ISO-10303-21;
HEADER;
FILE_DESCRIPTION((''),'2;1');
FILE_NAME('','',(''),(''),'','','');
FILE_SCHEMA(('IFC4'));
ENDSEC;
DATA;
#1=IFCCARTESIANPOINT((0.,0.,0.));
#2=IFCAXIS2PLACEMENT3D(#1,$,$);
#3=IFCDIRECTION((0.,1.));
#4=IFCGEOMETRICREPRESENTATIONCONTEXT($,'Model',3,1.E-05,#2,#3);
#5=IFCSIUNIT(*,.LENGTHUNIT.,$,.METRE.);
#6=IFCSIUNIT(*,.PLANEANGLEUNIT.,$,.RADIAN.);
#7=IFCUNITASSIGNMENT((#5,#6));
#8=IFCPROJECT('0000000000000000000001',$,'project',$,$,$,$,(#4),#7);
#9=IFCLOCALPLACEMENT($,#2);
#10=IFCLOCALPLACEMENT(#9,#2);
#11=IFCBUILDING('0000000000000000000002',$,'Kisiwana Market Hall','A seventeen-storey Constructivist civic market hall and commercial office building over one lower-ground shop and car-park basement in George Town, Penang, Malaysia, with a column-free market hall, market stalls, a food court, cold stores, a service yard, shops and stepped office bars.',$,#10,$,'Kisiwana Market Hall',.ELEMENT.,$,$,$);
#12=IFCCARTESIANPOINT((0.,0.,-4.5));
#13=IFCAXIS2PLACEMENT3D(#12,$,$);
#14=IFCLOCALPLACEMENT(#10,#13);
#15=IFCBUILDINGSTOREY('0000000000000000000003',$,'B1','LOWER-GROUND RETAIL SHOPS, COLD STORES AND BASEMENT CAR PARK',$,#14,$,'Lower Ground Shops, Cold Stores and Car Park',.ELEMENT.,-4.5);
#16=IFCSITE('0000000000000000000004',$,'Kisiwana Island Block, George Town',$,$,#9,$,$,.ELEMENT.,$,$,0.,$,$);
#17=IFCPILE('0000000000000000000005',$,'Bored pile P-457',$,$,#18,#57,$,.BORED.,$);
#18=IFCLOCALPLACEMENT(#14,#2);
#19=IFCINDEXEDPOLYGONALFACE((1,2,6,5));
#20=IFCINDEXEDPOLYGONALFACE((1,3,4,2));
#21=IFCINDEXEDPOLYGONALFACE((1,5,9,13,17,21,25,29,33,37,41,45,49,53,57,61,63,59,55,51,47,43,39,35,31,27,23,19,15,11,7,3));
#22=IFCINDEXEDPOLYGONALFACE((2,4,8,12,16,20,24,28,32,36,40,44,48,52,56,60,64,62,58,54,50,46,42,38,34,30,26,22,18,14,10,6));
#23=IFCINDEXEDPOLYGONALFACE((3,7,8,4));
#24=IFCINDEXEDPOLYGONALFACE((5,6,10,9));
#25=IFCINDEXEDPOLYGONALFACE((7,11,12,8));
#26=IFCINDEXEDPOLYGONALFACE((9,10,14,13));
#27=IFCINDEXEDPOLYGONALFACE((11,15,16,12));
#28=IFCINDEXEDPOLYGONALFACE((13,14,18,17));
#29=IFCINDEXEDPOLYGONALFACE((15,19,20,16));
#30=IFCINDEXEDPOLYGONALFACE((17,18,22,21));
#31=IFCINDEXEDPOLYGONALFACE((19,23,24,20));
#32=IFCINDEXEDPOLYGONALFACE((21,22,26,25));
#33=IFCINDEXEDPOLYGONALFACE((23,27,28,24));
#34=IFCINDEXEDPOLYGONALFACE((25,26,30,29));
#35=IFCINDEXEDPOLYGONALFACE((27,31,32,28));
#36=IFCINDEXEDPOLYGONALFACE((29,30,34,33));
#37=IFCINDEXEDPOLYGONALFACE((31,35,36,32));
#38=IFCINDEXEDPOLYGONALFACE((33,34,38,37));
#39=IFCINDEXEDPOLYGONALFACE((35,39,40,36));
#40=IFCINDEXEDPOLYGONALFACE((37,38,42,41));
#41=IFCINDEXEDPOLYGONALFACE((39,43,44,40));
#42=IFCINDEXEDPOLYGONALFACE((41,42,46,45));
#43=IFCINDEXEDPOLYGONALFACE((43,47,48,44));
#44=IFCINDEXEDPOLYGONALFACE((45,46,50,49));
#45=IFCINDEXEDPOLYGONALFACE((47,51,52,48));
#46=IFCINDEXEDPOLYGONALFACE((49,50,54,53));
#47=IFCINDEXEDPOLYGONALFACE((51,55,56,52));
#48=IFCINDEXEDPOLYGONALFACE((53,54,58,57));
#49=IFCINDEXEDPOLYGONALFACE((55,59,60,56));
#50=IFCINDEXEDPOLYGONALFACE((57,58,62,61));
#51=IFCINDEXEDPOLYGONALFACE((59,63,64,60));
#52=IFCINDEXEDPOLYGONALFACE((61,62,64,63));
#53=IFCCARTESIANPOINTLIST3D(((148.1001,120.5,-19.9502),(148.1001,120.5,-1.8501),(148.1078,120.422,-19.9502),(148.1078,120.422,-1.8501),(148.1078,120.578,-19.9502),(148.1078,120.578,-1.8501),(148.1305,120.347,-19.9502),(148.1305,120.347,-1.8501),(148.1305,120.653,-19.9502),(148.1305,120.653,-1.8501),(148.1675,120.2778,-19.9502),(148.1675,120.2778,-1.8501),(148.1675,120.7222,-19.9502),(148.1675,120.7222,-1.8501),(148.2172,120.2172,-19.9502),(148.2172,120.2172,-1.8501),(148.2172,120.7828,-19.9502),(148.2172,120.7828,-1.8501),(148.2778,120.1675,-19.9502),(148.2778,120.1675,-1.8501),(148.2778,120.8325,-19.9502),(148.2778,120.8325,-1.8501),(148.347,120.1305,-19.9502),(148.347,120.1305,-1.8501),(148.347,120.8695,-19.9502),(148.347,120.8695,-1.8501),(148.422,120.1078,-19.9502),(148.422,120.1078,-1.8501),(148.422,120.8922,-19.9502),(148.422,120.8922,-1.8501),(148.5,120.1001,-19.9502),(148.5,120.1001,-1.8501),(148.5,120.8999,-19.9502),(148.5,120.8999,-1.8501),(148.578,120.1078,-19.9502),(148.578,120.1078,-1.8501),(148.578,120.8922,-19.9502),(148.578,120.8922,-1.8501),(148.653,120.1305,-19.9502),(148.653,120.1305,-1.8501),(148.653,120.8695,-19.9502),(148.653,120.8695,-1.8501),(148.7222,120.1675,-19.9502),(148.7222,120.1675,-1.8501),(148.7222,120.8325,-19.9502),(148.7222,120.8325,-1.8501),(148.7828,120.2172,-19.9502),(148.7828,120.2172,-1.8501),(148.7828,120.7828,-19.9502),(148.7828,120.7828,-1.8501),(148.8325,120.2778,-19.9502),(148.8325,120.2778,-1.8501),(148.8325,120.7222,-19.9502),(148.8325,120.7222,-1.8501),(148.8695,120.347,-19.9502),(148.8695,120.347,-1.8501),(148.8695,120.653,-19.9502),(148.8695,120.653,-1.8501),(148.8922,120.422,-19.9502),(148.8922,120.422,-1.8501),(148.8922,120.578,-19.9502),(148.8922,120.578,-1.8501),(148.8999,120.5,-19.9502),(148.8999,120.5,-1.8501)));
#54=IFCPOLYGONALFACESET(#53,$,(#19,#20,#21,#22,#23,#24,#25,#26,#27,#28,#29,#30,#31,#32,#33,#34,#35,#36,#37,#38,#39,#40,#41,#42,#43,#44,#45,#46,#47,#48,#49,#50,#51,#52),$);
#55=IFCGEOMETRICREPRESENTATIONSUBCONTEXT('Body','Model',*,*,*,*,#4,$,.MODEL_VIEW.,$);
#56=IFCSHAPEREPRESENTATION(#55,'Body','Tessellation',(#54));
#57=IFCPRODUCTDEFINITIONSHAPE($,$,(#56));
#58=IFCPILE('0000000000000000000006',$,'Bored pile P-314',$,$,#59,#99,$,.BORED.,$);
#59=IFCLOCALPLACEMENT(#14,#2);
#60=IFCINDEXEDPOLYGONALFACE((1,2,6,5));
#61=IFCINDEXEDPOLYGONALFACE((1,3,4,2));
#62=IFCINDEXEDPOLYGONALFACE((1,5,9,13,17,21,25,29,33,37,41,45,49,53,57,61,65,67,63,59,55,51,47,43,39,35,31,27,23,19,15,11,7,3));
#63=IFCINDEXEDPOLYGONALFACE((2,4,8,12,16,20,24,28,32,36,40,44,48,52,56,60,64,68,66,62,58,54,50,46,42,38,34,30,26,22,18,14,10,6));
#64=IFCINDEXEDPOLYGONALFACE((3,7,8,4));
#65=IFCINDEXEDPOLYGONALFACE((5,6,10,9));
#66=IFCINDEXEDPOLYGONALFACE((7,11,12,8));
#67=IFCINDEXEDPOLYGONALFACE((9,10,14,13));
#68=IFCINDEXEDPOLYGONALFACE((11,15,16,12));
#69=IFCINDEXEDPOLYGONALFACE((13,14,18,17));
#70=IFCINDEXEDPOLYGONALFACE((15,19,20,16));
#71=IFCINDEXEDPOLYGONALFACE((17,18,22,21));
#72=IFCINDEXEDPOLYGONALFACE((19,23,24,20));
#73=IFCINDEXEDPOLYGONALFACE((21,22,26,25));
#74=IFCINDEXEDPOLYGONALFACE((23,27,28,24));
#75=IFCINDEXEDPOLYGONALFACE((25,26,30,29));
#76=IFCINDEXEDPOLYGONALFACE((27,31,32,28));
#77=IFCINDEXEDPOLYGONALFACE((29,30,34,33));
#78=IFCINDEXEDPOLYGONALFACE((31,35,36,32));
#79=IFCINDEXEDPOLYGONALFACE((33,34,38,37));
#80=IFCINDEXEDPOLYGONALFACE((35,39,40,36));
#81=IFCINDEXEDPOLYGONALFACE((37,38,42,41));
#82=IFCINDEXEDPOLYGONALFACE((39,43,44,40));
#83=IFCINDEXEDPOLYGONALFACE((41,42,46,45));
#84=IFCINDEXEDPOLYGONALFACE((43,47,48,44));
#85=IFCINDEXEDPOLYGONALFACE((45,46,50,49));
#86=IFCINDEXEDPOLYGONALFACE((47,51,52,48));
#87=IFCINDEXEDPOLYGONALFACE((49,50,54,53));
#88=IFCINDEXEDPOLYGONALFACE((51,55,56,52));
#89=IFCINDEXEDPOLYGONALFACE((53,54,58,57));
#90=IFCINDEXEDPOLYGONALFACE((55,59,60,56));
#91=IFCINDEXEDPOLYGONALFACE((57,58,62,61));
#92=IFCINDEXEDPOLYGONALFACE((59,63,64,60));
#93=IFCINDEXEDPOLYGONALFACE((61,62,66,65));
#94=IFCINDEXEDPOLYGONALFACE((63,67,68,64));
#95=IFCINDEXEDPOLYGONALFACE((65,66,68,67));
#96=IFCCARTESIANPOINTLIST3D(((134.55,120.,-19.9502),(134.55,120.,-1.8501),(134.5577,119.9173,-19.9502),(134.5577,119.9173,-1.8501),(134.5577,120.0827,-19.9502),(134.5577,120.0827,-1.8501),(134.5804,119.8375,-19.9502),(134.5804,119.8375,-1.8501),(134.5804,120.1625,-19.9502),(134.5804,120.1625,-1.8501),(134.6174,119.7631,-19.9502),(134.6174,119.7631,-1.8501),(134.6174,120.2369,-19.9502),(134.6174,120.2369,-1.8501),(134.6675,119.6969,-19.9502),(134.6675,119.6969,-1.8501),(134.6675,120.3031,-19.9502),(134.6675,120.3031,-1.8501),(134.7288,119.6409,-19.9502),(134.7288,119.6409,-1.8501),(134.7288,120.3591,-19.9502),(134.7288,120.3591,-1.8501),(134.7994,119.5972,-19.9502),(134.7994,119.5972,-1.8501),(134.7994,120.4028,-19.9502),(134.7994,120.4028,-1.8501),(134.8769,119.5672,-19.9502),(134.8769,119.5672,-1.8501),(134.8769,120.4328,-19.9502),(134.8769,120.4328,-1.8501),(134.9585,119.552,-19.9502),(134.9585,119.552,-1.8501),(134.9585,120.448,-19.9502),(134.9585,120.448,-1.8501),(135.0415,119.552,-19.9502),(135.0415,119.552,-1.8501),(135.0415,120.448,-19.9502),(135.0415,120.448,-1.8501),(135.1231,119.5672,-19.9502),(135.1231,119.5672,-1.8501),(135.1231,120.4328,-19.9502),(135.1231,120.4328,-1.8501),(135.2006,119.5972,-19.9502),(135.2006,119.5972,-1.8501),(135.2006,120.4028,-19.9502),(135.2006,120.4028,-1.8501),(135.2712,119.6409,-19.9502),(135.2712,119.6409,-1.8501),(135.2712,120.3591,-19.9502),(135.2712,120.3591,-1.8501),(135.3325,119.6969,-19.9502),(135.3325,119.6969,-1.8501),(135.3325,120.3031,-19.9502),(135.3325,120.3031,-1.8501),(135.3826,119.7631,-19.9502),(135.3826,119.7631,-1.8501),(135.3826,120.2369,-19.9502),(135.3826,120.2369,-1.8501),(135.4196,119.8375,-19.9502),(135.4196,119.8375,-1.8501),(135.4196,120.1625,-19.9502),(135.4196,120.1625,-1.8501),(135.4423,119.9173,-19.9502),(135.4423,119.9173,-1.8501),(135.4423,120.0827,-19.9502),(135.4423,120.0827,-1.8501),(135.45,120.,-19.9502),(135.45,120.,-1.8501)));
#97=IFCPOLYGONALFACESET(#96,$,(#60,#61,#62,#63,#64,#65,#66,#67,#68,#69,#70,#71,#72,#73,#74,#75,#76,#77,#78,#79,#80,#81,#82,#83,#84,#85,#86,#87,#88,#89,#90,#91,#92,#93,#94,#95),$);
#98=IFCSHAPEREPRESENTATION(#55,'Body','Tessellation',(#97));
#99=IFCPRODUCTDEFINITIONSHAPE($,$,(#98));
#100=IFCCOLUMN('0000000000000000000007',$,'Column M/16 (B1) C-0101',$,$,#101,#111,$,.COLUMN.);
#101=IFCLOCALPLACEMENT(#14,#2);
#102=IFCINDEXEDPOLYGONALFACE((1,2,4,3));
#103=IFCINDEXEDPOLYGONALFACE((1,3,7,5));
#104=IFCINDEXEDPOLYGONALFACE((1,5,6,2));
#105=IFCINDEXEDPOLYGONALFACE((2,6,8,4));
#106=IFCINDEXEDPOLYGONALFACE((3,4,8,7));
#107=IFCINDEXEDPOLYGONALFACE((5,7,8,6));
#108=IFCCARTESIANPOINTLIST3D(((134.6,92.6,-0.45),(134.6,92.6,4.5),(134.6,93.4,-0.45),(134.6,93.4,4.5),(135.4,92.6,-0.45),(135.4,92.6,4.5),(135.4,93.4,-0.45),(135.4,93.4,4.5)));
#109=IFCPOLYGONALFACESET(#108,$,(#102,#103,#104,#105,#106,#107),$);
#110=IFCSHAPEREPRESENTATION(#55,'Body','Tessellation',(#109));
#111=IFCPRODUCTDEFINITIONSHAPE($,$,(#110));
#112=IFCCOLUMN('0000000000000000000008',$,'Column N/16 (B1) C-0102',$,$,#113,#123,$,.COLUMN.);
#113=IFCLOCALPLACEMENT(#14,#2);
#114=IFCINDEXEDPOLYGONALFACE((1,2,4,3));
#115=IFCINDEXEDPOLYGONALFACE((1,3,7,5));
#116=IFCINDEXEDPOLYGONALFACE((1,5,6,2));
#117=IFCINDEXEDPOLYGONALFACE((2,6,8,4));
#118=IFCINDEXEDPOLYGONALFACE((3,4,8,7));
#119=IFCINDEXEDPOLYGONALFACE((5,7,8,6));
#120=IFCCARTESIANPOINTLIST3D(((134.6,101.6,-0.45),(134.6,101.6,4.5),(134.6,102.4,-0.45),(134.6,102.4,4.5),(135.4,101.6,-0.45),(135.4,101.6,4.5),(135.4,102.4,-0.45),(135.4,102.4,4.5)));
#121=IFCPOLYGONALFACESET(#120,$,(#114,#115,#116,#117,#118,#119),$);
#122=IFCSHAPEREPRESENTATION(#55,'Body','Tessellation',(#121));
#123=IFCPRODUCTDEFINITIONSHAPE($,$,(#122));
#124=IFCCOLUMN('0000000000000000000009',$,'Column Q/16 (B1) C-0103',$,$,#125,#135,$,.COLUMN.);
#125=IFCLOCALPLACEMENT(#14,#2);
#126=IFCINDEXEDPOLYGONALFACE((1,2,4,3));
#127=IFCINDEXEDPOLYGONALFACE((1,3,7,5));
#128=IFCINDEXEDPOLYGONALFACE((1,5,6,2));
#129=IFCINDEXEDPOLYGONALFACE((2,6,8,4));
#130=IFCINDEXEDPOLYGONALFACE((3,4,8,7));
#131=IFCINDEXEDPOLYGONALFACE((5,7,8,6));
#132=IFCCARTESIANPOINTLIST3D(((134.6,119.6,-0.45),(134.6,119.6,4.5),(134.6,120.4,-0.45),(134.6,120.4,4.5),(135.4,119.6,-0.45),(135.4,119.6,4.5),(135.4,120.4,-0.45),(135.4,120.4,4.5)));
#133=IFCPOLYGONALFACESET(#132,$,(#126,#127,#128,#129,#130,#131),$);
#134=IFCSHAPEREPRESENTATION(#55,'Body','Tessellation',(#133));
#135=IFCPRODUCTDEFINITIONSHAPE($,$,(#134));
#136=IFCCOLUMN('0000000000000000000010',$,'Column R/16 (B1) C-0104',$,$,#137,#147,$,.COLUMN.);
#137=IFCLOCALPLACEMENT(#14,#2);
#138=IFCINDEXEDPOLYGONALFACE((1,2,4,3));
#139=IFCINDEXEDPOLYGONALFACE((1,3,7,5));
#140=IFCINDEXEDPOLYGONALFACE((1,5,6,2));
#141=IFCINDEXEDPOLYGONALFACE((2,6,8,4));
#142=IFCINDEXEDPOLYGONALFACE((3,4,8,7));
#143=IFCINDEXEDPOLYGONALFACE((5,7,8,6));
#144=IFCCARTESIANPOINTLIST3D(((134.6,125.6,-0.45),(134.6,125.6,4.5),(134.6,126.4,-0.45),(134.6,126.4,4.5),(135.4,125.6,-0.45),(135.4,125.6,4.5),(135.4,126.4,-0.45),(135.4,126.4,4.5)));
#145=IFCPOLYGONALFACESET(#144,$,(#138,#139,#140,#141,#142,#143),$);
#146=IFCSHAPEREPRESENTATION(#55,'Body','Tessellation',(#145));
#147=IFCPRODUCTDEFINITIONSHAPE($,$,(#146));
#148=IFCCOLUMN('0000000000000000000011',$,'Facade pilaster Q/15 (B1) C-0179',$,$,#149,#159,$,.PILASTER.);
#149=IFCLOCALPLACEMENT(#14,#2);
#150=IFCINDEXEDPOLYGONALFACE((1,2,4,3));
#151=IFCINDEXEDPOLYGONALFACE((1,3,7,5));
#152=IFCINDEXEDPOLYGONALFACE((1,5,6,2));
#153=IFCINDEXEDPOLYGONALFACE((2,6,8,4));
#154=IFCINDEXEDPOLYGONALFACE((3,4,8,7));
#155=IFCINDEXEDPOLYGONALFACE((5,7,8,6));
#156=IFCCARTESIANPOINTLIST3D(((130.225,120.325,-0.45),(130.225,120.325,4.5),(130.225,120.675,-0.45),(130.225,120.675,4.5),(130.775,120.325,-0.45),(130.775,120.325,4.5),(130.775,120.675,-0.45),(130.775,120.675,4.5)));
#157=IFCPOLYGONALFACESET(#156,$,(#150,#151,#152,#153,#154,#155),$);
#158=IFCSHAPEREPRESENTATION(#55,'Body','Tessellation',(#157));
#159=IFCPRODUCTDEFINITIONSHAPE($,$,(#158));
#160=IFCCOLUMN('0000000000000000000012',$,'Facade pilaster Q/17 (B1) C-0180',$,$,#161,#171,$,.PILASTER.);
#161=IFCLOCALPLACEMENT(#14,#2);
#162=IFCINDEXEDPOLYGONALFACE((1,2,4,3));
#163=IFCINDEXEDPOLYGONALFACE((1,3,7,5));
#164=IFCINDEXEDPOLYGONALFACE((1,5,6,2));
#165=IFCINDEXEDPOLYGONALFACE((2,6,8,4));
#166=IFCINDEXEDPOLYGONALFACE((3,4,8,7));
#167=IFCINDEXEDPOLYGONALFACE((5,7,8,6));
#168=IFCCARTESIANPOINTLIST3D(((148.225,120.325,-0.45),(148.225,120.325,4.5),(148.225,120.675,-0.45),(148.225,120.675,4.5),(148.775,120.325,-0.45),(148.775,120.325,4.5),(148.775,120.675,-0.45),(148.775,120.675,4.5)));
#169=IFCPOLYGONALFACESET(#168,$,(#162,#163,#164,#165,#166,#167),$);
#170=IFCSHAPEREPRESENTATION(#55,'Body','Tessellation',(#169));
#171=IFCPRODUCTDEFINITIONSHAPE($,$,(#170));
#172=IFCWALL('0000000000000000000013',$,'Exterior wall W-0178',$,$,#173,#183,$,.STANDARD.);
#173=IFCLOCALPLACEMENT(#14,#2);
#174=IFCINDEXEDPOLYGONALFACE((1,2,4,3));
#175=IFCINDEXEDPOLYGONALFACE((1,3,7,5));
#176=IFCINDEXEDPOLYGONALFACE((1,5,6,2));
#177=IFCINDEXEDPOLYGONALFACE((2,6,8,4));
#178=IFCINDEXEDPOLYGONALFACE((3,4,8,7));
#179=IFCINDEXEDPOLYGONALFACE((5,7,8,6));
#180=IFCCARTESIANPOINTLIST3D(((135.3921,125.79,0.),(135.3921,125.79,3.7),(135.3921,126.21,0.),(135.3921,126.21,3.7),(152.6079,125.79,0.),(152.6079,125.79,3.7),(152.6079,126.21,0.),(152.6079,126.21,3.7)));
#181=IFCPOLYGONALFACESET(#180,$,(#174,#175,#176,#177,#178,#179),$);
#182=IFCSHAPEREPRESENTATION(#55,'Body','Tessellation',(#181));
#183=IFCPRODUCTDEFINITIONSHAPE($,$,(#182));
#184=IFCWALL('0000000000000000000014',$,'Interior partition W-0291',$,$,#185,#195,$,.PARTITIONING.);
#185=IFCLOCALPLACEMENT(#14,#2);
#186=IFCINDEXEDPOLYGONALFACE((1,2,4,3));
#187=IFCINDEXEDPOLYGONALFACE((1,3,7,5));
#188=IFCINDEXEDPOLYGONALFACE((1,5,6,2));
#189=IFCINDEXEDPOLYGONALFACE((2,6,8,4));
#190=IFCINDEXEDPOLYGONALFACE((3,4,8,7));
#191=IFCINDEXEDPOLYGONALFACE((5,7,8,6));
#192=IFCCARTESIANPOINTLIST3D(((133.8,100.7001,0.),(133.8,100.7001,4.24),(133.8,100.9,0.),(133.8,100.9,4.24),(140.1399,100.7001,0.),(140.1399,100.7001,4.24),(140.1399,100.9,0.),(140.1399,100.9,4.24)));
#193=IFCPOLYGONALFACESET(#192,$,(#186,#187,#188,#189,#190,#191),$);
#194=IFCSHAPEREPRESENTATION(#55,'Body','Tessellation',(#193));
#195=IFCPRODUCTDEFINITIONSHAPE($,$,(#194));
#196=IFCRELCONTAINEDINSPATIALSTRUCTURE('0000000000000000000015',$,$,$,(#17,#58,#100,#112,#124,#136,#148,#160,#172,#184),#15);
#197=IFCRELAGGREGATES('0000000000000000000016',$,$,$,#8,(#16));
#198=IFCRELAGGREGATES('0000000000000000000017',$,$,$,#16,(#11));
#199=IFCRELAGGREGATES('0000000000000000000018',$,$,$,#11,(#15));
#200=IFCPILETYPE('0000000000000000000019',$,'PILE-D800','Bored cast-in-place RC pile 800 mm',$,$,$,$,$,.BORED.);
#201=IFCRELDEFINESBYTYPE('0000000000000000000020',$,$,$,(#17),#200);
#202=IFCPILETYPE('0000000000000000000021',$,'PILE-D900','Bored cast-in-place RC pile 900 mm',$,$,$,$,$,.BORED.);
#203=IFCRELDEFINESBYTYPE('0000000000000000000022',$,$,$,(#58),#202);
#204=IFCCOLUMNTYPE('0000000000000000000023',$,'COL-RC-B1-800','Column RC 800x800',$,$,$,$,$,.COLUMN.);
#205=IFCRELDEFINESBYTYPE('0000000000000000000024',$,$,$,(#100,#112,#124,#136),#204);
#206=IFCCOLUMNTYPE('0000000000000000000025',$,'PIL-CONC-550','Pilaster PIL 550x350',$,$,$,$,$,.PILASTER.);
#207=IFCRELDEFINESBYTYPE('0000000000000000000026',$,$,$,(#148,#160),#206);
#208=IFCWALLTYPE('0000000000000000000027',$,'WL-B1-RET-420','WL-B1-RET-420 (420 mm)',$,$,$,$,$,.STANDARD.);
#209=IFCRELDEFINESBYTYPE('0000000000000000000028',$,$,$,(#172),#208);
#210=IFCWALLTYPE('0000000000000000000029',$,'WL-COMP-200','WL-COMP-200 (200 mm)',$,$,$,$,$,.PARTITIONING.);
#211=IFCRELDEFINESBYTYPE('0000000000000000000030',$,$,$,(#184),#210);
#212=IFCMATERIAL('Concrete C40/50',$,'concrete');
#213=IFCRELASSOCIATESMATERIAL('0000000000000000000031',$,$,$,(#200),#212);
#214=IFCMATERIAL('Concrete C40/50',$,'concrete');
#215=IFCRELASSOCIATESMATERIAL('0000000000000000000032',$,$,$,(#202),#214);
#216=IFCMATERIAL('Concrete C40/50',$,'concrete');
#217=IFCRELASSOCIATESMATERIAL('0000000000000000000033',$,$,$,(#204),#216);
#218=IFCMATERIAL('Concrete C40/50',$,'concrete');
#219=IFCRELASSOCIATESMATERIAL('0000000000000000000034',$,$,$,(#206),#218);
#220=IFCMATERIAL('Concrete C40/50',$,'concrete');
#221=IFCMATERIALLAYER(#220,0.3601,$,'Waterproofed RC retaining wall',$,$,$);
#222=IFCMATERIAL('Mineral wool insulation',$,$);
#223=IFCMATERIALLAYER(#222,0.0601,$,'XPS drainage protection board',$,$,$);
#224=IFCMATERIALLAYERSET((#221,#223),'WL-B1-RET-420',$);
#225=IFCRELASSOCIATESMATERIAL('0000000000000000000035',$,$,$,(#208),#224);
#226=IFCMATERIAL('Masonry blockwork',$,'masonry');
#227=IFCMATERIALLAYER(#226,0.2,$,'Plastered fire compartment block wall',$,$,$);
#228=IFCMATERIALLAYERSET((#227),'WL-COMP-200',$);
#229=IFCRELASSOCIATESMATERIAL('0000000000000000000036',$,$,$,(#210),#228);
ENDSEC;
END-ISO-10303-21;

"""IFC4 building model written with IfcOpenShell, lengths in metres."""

from ifc_helpers import new_model, si_unit, direction, frame, frame_2d, origin, origin_2d, place, context, subcontext, project, spatial, rectangle, circle, extrude, material, layer, layer_set, material_profile, profile_set, type_object, element, save


model = new_model("IFC4")

# Units and contexts
model_context = context("Model", 3, precision=1e-05, world=origin(), true_north=direction((0.0, 1.0)))
body_context = subcontext(model_context, "Body", "Model", "MODEL_VIEW")
ifc_project = project(units=[si_unit("LENGTHUNIT", "METRE"), si_unit("PLANEANGLEUNIT", "RADIAN")], contexts=[model_context])

# Site, building, storey
site_placement = place(None, origin())
site = spatial("IfcSite", under=ifc_project, at=site_placement, Name="Kisiwana Island Block, George Town", CompositionType="ELEMENT", RefElevation=0.0)
building_placement = place(site_placement, origin())
building = spatial("IfcBuilding", under=site, at=building_placement, Name="Kisiwana Market Hall", Description="A seventeen-storey Constructivist civic market hall and commercial office building over one lower-ground shop and car-park basement in George Town, Penang, Malaysia, with a column-free market hall, market stalls, a food court, cold stores, a service yard, shops and stepped office bars.", LongName="Kisiwana Market Hall", CompositionType="ELEMENT")
storey_placement = place(building_placement, frame((0.0, 0.0, -4.5)))
storey = spatial("IfcBuildingStorey", under=building, at=storey_placement, Name="B1", Description="LOWER-GROUND RETAIL SHOPS, COLD STORES AND BASEMENT CAR PARK", LongName="Lower Ground Shops, Cold Stores and Car Park", CompositionType="ELEMENT", Elevation=-4.5)

# Piles
ifc_material_1 = material(Name="Concrete C40/50", Category="concrete")
ifc_material_profile_1 = material_profile(ifc_material_1, circle(Radius=0.3999, at=origin_2d()), Name="BP D800")
ifc_profile_set_1 = profile_set([ifc_material_profile_1], Name="Concrete C40/50")
pile_type_1 = type_object("IfcPileType", Name="PILE-D800", Description="Bored cast-in-place RC pile 800 mm", PredefinedType="BORED", material=ifc_profile_set_1)
for number, where, z_axis, x_axis, name in (
    (1, (148.5, 120.5, -1.8501), (0.0, 0.0, -1.0), (1.0, 0.0, 0.0), "Bored pile P-457"),
):
    element("IfcPile", number, at=place(storey_placement, frame(where, z_axis=z_axis, x_axis=x_axis)), inside=storey, type_object=pile_type_1, Name=name, PredefinedType="BORED", context=body_context, shape_type="SweptSolid", body=[
        extrude(circle(Radius=0.3999, at=origin_2d()), origin(), (0.0, 0.0, 1.0), 18.1001),
    ])
ifc_material_2 = material(Name="Concrete C40/50", Category="concrete")
ifc_material_profile_2 = material_profile(ifc_material_2, circle(Radius=0.45, at=origin_2d()), Name="BP D900")
ifc_profile_set_2 = profile_set([ifc_material_profile_2], Name="Concrete C40/50")
pile_type_2 = type_object("IfcPileType", Name="PILE-D900", Description="Bored cast-in-place RC pile 900 mm", PredefinedType="BORED", material=ifc_profile_set_2)
pile_placement = place(storey_placement, frame((135.0, 120.0, -1.8501), z_axis=(0.0, 0.0, -1.0), x_axis=(1.0, 0.0, 0.0)))
element("IfcPile", 2, at=pile_placement, inside=storey, type_object=pile_type_2, Name="Bored pile P-314", PredefinedType="BORED", context=body_context, shape_type="SweptSolid", body=[
    extrude(circle(Radius=0.45, at=origin_2d()), origin(), (0.0, 0.0, 1.0), 18.1001),
])

# Columns
ifc_material_3 = material(Name="Concrete C40/50", Category="concrete")
ifc_material_profile_3 = material_profile(ifc_material_3, rectangle(XDim=0.8, YDim=0.8, at=origin_2d()), Name="RC 800x800")
ifc_profile_set_3 = profile_set([ifc_material_profile_3], Name="Concrete C40/50")
column_type_1 = type_object("IfcColumnType", Name="COL-RC-B1-800", Description="Column RC 800x800", PredefinedType="COLUMN", material=ifc_profile_set_3)
for number, where, z_axis, x_axis, name in (
    (3, (135.0, 93.0, -0.45), (0.0, 0.0, 1.0), (1.0, 0.0, 0.0), "Column M/16 (B1) C-0101"),
    (4, (135.0, 102.0, -0.45), (0.0, 0.0, 1.0), (1.0, 0.0, 0.0), "Column N/16 (B1) C-0102"),
    (5, (135.0, 120.0, -0.45), (0.0, 0.0, 1.0), (1.0, 0.0, 0.0), "Column Q/16 (B1) C-0103"),
    (6, (135.0, 126.0, -0.45), (0.0, 0.0, 1.0), (1.0, 0.0, 0.0), "Column R/16 (B1) C-0104"),
):
    element("IfcColumn", number, at=place(storey_placement, frame(where, z_axis=z_axis, x_axis=x_axis)), inside=storey, type_object=column_type_1, Name=name, PredefinedType="COLUMN", context=body_context, shape_type="SweptSolid", body=[
        extrude(rectangle(XDim=0.8, YDim=0.8, at=origin_2d()), origin(), (0.0, 0.0, 1.0), 4.95),
    ])
ifc_material_4 = material(Name="Concrete C40/50", Category="concrete")
ifc_material_profile_4 = material_profile(ifc_material_4, rectangle(XDim=0.55, YDim=0.3501, at=origin_2d()), Name="PIL 550x350")
ifc_profile_set_4 = profile_set([ifc_material_profile_4], Name="Concrete C40/50")
column_type_2 = type_object("IfcColumnType", Name="PIL-CONC-550", Description="Pilaster PIL 550x350", PredefinedType="PILASTER", material=ifc_profile_set_4)
for number, where, z_axis, x_axis, name in (
    (7, (130.5, 120.5, -0.45), (0.0, 0.0, 1.0), (1.0, 0.0, 0.0), "Facade pilaster Q/15 (B1) C-0179"),
    (8, (148.5, 120.5, -0.45), (0.0, 0.0, 1.0), (1.0, 0.0, 0.0), "Facade pilaster Q/17 (B1) C-0180"),
):
    element("IfcColumn", number, at=place(storey_placement, frame(where, z_axis=z_axis, x_axis=x_axis)), inside=storey, type_object=column_type_2, Name=name, PredefinedType="PILASTER", context=body_context, shape_type="SweptSolid", body=[
        extrude(rectangle(XDim=0.55, YDim=0.3501, at=origin_2d()), origin(), (0.0, 0.0, 1.0), 4.95),
    ])

# Walls
ifc_material_5 = material(Name="Concrete C40/50", Category="concrete")
ifc_layer_1 = layer(ifc_material_5, 0.3601, Name="Waterproofed RC retaining wall")
ifc_material_6 = material(Name="Mineral wool insulation")
ifc_layer_2 = layer(ifc_material_6, 0.0601, Name="XPS drainage protection board")
ifc_layer_set_1 = layer_set([ifc_layer_1, ifc_layer_2], Name="WL-B1-RET-420")
wall_type_1 = type_object("IfcWallType", Name="WL-B1-RET-420", Description="WL-B1-RET-420 (420 mm)", PredefinedType="STANDARD", material=ifc_layer_set_1)
wall_1_placement = place(storey_placement, frame((135.3921, 126.0, 0.0), z_axis=(0.0, 0.0, 1.0), x_axis=(1.0, 0.0, 0.0)))
element("IfcWall", 9, at=wall_1_placement, inside=storey, type_object=wall_type_1, Name="Exterior wall W-0178", PredefinedType="STANDARD", context=body_context, shape_type="SweptSolid", body=[
    extrude(rectangle(XDim=17.2158, YDim=0.4199, at=frame_2d((8.6079, 0.0))), origin(), (0.0, 0.0, 1.0), 3.7),
])
ifc_material_7 = material(Name="Masonry blockwork", Category="masonry")
ifc_layer_3 = layer(ifc_material_7, 0.2, Name="Plastered fire compartment block wall")
ifc_layer_set_2 = layer_set([ifc_layer_3], Name="WL-COMP-200")
wall_type_2 = type_object("IfcWallType", Name="WL-COMP-200", Description="WL-COMP-200 (200 mm)", PredefinedType="PARTITIONING", material=ifc_layer_set_2)
wall_2_placement = place(storey_placement, frame((133.8, 100.8, 0.0), z_axis=(0.0, 0.0, 1.0), x_axis=(1.0, 0.0, 0.0)))
element("IfcWall", 10, at=wall_2_placement, inside=storey, type_object=wall_type_2, Name="Interior partition W-0291", PredefinedType="PARTITIONING", context=body_context, shape_type="SweptSolid", body=[
    extrude(rectangle(XDim=6.3398, YDim=0.2, at=frame_2d((3.1699, 0.0))), origin(), (0.0, 0.0, 1.0), 4.24),
])

save(model, "model.ifc")
